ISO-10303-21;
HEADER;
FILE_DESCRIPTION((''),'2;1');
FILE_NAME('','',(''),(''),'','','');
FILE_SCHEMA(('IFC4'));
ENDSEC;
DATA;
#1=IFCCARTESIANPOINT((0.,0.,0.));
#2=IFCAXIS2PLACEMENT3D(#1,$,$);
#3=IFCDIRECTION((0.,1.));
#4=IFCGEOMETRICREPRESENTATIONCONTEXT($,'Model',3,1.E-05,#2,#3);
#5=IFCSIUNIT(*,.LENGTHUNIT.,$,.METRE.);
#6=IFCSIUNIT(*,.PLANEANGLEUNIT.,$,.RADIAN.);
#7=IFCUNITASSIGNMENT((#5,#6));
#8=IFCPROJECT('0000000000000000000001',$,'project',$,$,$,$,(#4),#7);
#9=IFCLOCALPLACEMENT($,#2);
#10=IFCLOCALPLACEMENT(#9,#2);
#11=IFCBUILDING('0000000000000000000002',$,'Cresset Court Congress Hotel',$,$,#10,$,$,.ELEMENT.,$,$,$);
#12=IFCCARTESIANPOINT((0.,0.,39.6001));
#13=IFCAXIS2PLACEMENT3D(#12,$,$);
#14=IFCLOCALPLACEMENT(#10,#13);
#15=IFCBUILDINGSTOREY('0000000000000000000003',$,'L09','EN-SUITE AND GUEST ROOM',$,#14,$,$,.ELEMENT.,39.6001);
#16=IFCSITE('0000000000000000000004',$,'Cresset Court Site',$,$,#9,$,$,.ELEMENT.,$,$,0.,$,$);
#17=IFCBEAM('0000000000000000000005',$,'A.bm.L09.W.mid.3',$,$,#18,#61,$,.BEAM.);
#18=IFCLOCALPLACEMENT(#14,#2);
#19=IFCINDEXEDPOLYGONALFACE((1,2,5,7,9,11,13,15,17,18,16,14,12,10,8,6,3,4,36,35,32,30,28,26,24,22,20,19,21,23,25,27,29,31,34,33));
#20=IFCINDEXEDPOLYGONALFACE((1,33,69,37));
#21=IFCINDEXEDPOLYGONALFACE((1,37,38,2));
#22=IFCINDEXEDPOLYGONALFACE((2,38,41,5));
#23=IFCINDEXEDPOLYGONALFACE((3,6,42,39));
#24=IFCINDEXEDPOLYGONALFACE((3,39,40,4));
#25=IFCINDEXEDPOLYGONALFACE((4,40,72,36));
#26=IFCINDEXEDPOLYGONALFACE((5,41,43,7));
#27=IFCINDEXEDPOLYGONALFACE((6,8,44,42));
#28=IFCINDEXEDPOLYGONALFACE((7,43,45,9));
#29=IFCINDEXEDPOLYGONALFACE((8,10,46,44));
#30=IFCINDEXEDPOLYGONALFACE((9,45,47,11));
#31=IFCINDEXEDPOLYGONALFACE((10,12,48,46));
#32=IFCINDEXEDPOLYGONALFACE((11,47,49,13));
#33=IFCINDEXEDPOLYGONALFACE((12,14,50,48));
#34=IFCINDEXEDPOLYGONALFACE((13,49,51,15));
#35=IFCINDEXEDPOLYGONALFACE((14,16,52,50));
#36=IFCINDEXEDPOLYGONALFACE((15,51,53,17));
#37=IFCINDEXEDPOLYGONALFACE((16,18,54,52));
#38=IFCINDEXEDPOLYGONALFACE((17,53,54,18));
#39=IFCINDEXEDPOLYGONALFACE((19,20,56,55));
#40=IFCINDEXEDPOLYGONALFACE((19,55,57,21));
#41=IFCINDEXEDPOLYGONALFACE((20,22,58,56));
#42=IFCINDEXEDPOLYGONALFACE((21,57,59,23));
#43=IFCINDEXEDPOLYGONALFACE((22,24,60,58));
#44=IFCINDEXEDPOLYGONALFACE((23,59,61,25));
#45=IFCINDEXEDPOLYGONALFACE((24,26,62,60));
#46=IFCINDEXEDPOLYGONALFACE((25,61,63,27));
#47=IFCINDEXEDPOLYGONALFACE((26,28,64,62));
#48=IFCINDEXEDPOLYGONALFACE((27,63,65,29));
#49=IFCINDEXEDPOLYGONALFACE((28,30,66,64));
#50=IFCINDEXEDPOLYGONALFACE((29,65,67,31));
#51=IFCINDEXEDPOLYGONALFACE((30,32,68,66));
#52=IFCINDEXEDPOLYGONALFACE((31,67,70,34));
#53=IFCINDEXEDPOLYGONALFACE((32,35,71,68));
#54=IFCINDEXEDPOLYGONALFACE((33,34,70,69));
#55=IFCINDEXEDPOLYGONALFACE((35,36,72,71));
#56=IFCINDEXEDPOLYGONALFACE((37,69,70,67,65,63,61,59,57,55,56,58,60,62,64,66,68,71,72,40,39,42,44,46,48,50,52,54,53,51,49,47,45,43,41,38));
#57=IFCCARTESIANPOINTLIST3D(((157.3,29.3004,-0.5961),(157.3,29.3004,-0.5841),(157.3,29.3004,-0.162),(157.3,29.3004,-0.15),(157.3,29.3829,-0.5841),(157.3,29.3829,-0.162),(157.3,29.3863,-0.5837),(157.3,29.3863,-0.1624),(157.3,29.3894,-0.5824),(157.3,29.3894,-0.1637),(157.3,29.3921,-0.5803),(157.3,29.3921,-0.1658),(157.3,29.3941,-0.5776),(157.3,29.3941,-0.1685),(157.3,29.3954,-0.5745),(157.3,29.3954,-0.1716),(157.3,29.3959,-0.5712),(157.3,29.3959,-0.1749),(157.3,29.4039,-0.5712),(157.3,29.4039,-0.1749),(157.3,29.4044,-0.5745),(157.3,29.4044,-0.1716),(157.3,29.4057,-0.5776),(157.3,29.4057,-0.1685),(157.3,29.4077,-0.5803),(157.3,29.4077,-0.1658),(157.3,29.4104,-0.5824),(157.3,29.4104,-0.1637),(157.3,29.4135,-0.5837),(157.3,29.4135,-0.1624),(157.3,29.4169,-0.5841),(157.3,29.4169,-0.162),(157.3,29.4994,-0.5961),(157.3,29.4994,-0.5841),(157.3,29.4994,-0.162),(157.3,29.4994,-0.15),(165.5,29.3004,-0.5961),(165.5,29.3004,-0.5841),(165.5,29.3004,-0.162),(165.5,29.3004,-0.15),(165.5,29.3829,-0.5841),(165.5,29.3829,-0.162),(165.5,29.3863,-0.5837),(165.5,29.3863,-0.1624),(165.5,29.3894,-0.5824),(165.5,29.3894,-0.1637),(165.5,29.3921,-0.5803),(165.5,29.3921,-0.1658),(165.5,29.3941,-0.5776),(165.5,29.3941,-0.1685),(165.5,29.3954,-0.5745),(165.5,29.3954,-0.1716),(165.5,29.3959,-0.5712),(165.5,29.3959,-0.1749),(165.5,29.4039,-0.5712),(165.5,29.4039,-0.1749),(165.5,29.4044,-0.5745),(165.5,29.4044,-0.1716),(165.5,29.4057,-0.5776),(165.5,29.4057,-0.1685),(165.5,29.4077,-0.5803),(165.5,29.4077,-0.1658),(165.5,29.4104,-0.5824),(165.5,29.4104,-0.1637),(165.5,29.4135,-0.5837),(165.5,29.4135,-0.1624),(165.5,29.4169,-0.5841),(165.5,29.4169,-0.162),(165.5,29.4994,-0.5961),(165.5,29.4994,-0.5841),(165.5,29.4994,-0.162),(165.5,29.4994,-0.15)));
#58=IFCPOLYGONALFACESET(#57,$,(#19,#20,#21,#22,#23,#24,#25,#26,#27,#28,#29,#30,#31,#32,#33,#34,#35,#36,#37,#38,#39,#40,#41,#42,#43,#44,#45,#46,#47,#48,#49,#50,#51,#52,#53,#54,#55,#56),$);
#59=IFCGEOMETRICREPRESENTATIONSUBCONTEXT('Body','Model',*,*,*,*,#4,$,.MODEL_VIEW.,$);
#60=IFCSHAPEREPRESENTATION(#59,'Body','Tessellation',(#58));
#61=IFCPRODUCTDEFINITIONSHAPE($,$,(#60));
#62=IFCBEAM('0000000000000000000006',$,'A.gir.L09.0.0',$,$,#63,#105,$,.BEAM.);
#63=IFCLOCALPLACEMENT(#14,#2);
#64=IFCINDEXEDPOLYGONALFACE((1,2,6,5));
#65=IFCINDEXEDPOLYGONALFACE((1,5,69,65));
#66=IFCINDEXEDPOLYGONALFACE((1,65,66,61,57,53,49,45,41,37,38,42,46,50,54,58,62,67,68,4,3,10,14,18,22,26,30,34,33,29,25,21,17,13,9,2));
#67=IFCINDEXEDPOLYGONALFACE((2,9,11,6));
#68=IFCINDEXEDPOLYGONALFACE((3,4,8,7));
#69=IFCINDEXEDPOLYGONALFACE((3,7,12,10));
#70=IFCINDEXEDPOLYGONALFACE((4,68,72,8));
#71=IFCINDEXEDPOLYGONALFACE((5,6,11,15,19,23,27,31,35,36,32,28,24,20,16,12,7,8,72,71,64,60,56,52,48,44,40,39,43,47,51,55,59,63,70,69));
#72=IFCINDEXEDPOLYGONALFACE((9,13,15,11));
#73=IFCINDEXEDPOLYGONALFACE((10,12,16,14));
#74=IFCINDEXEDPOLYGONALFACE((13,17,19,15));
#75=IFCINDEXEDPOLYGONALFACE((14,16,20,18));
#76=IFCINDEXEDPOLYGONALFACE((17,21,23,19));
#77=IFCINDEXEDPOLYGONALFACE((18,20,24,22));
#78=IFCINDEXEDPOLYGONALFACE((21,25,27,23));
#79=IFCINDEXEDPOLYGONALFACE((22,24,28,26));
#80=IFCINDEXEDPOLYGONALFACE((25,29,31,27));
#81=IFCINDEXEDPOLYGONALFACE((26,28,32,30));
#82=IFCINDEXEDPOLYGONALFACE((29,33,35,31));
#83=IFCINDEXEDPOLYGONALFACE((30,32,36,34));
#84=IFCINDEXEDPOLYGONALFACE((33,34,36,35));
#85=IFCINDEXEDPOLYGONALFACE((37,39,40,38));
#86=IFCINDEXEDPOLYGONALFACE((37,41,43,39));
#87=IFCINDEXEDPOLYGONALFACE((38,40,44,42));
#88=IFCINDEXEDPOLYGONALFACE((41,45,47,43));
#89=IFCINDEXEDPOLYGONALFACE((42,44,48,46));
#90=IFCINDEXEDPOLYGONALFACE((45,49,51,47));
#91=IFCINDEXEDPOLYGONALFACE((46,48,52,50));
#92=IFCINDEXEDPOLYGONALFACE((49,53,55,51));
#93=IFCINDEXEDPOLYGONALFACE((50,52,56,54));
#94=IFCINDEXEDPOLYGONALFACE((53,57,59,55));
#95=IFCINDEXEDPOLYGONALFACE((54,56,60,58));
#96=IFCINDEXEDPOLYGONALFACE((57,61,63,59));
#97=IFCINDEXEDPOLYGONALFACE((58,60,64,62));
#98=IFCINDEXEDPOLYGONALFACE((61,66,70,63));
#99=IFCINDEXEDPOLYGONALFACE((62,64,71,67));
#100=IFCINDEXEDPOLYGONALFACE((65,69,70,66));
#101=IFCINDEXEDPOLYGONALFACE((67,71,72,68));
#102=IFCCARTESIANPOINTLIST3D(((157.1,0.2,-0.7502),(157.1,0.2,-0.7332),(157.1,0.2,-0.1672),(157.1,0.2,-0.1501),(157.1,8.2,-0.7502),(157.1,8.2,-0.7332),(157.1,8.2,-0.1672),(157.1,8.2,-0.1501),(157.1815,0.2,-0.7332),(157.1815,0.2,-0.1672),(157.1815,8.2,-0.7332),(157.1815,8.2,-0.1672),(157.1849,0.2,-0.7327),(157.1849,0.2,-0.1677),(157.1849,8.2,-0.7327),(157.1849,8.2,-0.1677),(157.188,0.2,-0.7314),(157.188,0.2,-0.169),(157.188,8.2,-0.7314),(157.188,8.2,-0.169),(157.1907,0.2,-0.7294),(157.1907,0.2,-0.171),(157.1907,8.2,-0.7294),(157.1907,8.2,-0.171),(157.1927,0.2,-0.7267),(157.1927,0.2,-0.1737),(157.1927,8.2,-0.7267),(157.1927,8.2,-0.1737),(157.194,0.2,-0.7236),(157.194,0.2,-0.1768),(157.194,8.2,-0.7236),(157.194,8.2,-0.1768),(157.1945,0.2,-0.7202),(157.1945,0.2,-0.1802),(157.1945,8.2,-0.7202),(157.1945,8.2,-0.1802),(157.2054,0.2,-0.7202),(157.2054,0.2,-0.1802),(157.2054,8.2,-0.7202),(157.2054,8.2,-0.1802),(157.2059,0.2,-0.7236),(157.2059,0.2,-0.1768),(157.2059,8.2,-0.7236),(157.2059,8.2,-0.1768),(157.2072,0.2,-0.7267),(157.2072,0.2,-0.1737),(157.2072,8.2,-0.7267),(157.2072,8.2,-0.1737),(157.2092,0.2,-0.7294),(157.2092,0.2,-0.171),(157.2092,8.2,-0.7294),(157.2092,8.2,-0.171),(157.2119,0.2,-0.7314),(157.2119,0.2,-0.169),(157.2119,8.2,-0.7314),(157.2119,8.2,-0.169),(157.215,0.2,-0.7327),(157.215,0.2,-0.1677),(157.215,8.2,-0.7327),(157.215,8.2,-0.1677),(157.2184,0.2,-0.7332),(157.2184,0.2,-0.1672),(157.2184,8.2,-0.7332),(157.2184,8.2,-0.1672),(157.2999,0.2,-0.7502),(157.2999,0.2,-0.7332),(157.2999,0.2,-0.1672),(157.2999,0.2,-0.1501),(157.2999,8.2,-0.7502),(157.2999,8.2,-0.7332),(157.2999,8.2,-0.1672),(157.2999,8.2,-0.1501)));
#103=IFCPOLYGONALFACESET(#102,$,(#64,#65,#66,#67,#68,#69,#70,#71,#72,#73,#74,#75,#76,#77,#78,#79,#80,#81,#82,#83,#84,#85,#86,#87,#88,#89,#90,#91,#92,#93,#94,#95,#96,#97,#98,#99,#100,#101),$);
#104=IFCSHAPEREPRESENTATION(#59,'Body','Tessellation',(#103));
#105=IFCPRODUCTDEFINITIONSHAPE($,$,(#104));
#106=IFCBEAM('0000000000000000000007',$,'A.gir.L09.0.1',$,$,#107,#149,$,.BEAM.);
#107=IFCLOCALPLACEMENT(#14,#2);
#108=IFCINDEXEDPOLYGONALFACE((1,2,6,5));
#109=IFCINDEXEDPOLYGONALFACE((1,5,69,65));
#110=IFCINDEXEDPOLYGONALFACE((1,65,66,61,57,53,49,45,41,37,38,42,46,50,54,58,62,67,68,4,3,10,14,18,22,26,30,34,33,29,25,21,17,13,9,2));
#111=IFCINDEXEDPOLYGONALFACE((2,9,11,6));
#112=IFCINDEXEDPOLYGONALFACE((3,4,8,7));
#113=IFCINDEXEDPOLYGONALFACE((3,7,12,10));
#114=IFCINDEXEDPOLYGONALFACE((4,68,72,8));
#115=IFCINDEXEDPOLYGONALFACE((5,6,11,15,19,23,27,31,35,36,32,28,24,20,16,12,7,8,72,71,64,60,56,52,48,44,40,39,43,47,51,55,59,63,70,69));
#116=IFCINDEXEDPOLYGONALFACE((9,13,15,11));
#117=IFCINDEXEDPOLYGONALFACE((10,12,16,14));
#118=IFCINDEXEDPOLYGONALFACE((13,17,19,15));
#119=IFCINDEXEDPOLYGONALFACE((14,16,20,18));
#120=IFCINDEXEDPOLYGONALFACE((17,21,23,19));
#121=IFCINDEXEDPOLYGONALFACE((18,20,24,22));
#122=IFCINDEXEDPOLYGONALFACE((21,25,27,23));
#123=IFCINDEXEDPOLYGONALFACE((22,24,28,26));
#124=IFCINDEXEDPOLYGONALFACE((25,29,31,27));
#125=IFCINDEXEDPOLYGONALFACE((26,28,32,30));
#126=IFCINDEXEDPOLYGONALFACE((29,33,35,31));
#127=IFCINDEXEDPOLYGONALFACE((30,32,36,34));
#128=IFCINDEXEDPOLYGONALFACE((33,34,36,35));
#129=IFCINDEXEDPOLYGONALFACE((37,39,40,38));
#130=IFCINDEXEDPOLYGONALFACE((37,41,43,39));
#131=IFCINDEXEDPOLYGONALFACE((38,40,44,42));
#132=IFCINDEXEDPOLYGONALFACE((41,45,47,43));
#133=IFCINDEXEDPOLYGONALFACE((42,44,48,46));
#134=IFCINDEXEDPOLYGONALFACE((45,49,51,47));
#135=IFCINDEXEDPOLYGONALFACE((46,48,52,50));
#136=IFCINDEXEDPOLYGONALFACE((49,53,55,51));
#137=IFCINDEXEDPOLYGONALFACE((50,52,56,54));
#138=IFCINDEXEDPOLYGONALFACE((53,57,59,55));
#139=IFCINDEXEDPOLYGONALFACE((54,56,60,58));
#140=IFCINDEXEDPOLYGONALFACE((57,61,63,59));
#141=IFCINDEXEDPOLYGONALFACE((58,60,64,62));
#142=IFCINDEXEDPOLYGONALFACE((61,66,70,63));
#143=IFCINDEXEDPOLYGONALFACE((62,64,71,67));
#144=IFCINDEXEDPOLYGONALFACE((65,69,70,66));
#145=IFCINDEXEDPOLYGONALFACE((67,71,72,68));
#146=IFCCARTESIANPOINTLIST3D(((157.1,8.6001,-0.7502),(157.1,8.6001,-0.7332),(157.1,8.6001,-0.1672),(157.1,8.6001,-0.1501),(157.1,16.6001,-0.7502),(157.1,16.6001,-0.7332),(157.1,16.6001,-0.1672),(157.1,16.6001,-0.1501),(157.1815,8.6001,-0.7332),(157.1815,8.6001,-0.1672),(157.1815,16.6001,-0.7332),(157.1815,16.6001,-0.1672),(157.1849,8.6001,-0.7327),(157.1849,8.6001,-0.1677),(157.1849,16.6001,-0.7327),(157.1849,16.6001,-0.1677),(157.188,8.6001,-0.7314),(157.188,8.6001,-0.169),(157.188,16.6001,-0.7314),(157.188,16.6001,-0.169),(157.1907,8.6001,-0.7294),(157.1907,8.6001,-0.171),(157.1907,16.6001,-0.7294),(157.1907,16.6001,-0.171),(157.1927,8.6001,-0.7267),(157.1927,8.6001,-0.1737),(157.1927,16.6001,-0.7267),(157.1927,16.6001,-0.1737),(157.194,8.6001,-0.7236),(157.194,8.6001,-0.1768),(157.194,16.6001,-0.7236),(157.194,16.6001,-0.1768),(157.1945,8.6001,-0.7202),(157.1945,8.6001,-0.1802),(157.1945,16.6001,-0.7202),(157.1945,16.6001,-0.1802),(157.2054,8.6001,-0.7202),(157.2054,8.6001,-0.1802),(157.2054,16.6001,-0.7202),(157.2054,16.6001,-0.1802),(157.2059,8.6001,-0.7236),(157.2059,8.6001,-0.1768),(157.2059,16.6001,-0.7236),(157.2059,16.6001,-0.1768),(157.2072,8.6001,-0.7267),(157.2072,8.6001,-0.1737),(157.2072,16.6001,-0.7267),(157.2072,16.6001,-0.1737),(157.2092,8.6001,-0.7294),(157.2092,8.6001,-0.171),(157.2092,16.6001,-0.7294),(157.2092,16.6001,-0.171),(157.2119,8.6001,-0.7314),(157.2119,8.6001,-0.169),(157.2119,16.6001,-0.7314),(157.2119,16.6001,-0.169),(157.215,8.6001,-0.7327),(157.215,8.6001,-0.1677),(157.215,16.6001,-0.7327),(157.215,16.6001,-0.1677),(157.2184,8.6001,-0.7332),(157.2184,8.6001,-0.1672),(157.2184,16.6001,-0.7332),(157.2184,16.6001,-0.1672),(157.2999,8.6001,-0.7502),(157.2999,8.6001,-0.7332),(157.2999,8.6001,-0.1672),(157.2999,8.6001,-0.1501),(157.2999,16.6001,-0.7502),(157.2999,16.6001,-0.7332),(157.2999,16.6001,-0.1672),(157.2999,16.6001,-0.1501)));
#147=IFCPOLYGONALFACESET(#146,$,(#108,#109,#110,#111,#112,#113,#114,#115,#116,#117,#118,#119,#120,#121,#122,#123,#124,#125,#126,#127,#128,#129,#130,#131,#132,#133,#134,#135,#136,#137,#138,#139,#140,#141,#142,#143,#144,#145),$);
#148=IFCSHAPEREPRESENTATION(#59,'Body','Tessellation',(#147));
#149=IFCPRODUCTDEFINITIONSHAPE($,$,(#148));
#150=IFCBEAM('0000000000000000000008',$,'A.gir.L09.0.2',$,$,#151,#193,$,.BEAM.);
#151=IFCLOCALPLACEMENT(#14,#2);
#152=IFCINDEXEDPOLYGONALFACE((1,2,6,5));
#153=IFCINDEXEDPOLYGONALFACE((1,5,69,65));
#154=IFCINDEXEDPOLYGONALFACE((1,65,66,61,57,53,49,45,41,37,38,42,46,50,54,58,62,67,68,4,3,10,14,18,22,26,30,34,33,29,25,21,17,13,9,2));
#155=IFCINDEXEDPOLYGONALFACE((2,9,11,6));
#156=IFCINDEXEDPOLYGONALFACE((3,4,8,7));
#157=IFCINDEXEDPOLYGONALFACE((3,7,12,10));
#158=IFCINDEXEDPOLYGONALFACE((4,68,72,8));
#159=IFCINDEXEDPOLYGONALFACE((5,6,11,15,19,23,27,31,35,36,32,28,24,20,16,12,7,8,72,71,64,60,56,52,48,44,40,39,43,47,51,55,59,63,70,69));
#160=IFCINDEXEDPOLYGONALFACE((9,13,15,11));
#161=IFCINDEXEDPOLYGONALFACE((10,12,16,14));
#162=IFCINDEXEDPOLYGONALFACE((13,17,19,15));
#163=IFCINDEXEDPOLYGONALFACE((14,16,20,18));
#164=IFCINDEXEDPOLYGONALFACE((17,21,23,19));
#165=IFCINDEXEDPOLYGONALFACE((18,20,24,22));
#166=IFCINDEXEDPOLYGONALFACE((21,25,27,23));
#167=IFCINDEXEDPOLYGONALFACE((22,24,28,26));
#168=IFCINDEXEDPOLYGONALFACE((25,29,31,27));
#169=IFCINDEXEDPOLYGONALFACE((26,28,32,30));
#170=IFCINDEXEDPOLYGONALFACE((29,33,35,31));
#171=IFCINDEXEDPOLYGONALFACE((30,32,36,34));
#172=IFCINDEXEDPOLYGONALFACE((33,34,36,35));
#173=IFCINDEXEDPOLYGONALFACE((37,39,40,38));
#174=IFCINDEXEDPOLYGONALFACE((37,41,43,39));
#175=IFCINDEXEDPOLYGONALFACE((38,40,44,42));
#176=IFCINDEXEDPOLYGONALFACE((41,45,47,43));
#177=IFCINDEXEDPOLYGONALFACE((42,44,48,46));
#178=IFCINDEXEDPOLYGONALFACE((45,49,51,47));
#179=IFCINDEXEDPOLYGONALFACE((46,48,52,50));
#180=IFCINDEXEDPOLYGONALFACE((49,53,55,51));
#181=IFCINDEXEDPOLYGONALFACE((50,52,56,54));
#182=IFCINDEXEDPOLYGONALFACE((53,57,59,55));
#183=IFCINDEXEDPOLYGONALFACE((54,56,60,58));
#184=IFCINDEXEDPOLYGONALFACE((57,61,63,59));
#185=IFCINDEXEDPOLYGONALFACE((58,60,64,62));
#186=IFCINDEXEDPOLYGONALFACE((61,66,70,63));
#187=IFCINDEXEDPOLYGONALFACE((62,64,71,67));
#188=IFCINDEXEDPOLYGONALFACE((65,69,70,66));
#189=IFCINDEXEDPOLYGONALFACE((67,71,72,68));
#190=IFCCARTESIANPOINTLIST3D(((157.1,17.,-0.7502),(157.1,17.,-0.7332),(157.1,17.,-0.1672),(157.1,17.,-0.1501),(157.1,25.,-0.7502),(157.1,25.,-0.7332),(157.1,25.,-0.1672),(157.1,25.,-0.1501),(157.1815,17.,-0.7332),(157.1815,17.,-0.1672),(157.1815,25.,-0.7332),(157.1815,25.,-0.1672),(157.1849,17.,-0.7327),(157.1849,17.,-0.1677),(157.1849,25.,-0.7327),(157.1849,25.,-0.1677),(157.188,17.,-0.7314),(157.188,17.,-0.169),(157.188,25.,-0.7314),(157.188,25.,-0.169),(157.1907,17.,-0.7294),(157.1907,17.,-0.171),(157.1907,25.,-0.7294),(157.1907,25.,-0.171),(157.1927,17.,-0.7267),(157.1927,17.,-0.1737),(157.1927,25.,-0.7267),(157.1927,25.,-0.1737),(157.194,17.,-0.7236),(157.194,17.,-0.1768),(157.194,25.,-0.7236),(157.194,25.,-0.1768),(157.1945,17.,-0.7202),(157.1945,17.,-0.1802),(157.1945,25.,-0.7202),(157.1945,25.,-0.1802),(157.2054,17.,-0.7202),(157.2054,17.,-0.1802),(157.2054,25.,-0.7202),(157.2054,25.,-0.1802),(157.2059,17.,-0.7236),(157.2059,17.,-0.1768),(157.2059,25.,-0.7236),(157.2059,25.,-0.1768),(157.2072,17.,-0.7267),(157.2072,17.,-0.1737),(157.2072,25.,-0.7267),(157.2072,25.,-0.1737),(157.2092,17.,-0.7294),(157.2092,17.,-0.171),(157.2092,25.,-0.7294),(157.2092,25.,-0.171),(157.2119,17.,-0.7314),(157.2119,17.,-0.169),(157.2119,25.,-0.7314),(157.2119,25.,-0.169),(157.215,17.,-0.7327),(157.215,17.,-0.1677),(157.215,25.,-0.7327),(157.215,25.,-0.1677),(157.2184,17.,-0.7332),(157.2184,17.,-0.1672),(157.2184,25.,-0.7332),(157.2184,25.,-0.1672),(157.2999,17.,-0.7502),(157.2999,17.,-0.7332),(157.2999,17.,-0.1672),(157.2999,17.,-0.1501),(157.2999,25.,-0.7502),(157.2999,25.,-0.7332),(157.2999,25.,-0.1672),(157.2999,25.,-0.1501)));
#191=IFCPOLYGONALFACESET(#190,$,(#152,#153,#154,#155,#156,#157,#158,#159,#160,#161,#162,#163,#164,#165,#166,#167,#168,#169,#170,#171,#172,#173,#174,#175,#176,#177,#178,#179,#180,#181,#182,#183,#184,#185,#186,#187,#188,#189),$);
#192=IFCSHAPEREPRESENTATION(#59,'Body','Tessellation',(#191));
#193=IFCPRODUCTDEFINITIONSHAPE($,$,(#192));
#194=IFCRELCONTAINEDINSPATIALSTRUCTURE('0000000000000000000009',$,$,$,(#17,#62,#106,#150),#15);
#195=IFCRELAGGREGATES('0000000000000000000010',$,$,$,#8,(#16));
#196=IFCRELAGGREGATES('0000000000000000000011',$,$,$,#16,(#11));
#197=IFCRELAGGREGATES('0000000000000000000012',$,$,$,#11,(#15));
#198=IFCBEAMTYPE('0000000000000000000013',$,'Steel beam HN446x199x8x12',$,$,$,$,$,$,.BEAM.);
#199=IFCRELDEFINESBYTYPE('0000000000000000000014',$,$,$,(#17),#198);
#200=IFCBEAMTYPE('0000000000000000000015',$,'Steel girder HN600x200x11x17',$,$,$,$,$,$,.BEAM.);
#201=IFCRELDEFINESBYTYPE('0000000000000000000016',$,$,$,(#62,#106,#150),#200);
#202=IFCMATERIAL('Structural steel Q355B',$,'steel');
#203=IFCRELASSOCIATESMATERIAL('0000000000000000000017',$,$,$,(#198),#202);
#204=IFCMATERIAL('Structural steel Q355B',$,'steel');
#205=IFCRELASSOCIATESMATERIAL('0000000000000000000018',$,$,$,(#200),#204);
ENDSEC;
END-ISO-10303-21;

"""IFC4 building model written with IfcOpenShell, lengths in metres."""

from ifc_helpers import new_model, si_unit, direction, frame, origin, origin_2d, place, context, subcontext, project, spatial, i_section, extrude, material, material_profile, profile_set, type_object, element, save


model = new_model("IFC4")

# Units and contexts
model_context = context("Model", 3, precision=1e-05, world=origin(), true_north=direction((0.0, 1.0)))
body_context = subcontext(model_context, "Body", "Model", "MODEL_VIEW")
ifc_project = project(units=[si_unit("LENGTHUNIT", "METRE"), si_unit("PLANEANGLEUNIT", "RADIAN")], contexts=[model_context])

# Site, building, storey
site_placement = place(None, origin())
site = spatial("IfcSite", under=ifc_project, at=site_placement, Name="Cresset Court Site", CompositionType="ELEMENT", RefElevation=0.0)
building_placement = place(site_placement, origin())
building = spatial("IfcBuilding", under=site, at=building_placement, Name="Cresset Court Congress Hotel", CompositionType="ELEMENT")
storey_placement = place(building_placement, frame((0.0, 0.0, 39.6001)))
storey = spatial("IfcBuildingStorey", under=building, at=storey_placement, Name="L09", Description="EN-SUITE AND GUEST ROOM", CompositionType="ELEMENT", Elevation=39.6001)

# Beams
ifc_material_1 = material(Name="Structural steel Q355B", Category="steel")
ifc_material_profile_1 = material_profile(ifc_material_1, i_section(OverallWidth=0.199, OverallDepth=0.446, WebThickness=0.0081, FlangeThickness=0.012, FilletRadius=0.0129, at=origin_2d()), Name="HN446x199x8x12")
ifc_profile_set_1 = profile_set([ifc_material_profile_1], Name="Structural steel Q355B")
beam_type_1 = type_object("IfcBeamType", Name="Steel beam HN446x199x8x12", PredefinedType="BEAM", material=ifc_profile_set_1)
beam_1_placement = place(storey_placement, frame((157.3, 29.3999, -0.373), z_axis=(1.0, 0.0, 0.0), x_axis=(0.0, 1.0, 0.0)))
element("IfcBeam", 1, at=beam_1_placement, inside=storey, type_object=beam_type_1, Name="A.bm.L09.W.mid.3", PredefinedType="BEAM", context=body_context, shape_type="SweptSolid", body=[
    extrude(i_section(OverallWidth=0.199, OverallDepth=0.446, WebThickness=0.0081, FlangeThickness=0.012, FilletRadius=0.0129, at=origin_2d()), origin(), (0.0, 0.0, 1.0), 8.2),
])
ifc_material_2 = material(Name="Structural steel Q355B", Category="steel")
ifc_material_profile_2 = material_profile(ifc_material_2, i_section(OverallWidth=0.2, OverallDepth=0.6001, WebThickness=0.011, FlangeThickness=0.0171, FilletRadius=0.0129, at=origin_2d()), Name="HN600x200x11x17")
ifc_profile_set_2 = profile_set([ifc_material_profile_2], Name="Structural steel Q355B")
beam_type_2 = type_object("IfcBeamType", Name="Steel girder HN600x200x11x17", PredefinedType="BEAM", material=ifc_profile_set_2)
for number, where, z_axis, x_axis, name in (
    (2, (157.2, 0.2, -0.4502), (0.0, 1.0, 0.0), (-1.0, 0.0, 0.0), "A.gir.L09.0.0"),
    (3, (157.2, 8.6001, -0.4502), (0.0, 1.0, 0.0), (-1.0, 0.0, 0.0), "A.gir.L09.0.1"),
    (4, (157.2, 17.0, -0.4502), (0.0, 1.0, 0.0), (-1.0, 0.0, 0.0), "A.gir.L09.0.2"),
):
    element("IfcBeam", number, at=place(storey_placement, frame(where, z_axis=z_axis, x_axis=x_axis)), inside=storey, type_object=beam_type_2, Name=name, PredefinedType="BEAM", context=body_context, shape_type="SweptSolid", body=[
        extrude(i_section(OverallWidth=0.2, OverallDepth=0.6001, WebThickness=0.011, FlangeThickness=0.0171, FilletRadius=0.0129, at=origin_2d()), origin(), (0.0, 0.0, 1.0), 8.0),
    ])

save(model, "model.ifc")
